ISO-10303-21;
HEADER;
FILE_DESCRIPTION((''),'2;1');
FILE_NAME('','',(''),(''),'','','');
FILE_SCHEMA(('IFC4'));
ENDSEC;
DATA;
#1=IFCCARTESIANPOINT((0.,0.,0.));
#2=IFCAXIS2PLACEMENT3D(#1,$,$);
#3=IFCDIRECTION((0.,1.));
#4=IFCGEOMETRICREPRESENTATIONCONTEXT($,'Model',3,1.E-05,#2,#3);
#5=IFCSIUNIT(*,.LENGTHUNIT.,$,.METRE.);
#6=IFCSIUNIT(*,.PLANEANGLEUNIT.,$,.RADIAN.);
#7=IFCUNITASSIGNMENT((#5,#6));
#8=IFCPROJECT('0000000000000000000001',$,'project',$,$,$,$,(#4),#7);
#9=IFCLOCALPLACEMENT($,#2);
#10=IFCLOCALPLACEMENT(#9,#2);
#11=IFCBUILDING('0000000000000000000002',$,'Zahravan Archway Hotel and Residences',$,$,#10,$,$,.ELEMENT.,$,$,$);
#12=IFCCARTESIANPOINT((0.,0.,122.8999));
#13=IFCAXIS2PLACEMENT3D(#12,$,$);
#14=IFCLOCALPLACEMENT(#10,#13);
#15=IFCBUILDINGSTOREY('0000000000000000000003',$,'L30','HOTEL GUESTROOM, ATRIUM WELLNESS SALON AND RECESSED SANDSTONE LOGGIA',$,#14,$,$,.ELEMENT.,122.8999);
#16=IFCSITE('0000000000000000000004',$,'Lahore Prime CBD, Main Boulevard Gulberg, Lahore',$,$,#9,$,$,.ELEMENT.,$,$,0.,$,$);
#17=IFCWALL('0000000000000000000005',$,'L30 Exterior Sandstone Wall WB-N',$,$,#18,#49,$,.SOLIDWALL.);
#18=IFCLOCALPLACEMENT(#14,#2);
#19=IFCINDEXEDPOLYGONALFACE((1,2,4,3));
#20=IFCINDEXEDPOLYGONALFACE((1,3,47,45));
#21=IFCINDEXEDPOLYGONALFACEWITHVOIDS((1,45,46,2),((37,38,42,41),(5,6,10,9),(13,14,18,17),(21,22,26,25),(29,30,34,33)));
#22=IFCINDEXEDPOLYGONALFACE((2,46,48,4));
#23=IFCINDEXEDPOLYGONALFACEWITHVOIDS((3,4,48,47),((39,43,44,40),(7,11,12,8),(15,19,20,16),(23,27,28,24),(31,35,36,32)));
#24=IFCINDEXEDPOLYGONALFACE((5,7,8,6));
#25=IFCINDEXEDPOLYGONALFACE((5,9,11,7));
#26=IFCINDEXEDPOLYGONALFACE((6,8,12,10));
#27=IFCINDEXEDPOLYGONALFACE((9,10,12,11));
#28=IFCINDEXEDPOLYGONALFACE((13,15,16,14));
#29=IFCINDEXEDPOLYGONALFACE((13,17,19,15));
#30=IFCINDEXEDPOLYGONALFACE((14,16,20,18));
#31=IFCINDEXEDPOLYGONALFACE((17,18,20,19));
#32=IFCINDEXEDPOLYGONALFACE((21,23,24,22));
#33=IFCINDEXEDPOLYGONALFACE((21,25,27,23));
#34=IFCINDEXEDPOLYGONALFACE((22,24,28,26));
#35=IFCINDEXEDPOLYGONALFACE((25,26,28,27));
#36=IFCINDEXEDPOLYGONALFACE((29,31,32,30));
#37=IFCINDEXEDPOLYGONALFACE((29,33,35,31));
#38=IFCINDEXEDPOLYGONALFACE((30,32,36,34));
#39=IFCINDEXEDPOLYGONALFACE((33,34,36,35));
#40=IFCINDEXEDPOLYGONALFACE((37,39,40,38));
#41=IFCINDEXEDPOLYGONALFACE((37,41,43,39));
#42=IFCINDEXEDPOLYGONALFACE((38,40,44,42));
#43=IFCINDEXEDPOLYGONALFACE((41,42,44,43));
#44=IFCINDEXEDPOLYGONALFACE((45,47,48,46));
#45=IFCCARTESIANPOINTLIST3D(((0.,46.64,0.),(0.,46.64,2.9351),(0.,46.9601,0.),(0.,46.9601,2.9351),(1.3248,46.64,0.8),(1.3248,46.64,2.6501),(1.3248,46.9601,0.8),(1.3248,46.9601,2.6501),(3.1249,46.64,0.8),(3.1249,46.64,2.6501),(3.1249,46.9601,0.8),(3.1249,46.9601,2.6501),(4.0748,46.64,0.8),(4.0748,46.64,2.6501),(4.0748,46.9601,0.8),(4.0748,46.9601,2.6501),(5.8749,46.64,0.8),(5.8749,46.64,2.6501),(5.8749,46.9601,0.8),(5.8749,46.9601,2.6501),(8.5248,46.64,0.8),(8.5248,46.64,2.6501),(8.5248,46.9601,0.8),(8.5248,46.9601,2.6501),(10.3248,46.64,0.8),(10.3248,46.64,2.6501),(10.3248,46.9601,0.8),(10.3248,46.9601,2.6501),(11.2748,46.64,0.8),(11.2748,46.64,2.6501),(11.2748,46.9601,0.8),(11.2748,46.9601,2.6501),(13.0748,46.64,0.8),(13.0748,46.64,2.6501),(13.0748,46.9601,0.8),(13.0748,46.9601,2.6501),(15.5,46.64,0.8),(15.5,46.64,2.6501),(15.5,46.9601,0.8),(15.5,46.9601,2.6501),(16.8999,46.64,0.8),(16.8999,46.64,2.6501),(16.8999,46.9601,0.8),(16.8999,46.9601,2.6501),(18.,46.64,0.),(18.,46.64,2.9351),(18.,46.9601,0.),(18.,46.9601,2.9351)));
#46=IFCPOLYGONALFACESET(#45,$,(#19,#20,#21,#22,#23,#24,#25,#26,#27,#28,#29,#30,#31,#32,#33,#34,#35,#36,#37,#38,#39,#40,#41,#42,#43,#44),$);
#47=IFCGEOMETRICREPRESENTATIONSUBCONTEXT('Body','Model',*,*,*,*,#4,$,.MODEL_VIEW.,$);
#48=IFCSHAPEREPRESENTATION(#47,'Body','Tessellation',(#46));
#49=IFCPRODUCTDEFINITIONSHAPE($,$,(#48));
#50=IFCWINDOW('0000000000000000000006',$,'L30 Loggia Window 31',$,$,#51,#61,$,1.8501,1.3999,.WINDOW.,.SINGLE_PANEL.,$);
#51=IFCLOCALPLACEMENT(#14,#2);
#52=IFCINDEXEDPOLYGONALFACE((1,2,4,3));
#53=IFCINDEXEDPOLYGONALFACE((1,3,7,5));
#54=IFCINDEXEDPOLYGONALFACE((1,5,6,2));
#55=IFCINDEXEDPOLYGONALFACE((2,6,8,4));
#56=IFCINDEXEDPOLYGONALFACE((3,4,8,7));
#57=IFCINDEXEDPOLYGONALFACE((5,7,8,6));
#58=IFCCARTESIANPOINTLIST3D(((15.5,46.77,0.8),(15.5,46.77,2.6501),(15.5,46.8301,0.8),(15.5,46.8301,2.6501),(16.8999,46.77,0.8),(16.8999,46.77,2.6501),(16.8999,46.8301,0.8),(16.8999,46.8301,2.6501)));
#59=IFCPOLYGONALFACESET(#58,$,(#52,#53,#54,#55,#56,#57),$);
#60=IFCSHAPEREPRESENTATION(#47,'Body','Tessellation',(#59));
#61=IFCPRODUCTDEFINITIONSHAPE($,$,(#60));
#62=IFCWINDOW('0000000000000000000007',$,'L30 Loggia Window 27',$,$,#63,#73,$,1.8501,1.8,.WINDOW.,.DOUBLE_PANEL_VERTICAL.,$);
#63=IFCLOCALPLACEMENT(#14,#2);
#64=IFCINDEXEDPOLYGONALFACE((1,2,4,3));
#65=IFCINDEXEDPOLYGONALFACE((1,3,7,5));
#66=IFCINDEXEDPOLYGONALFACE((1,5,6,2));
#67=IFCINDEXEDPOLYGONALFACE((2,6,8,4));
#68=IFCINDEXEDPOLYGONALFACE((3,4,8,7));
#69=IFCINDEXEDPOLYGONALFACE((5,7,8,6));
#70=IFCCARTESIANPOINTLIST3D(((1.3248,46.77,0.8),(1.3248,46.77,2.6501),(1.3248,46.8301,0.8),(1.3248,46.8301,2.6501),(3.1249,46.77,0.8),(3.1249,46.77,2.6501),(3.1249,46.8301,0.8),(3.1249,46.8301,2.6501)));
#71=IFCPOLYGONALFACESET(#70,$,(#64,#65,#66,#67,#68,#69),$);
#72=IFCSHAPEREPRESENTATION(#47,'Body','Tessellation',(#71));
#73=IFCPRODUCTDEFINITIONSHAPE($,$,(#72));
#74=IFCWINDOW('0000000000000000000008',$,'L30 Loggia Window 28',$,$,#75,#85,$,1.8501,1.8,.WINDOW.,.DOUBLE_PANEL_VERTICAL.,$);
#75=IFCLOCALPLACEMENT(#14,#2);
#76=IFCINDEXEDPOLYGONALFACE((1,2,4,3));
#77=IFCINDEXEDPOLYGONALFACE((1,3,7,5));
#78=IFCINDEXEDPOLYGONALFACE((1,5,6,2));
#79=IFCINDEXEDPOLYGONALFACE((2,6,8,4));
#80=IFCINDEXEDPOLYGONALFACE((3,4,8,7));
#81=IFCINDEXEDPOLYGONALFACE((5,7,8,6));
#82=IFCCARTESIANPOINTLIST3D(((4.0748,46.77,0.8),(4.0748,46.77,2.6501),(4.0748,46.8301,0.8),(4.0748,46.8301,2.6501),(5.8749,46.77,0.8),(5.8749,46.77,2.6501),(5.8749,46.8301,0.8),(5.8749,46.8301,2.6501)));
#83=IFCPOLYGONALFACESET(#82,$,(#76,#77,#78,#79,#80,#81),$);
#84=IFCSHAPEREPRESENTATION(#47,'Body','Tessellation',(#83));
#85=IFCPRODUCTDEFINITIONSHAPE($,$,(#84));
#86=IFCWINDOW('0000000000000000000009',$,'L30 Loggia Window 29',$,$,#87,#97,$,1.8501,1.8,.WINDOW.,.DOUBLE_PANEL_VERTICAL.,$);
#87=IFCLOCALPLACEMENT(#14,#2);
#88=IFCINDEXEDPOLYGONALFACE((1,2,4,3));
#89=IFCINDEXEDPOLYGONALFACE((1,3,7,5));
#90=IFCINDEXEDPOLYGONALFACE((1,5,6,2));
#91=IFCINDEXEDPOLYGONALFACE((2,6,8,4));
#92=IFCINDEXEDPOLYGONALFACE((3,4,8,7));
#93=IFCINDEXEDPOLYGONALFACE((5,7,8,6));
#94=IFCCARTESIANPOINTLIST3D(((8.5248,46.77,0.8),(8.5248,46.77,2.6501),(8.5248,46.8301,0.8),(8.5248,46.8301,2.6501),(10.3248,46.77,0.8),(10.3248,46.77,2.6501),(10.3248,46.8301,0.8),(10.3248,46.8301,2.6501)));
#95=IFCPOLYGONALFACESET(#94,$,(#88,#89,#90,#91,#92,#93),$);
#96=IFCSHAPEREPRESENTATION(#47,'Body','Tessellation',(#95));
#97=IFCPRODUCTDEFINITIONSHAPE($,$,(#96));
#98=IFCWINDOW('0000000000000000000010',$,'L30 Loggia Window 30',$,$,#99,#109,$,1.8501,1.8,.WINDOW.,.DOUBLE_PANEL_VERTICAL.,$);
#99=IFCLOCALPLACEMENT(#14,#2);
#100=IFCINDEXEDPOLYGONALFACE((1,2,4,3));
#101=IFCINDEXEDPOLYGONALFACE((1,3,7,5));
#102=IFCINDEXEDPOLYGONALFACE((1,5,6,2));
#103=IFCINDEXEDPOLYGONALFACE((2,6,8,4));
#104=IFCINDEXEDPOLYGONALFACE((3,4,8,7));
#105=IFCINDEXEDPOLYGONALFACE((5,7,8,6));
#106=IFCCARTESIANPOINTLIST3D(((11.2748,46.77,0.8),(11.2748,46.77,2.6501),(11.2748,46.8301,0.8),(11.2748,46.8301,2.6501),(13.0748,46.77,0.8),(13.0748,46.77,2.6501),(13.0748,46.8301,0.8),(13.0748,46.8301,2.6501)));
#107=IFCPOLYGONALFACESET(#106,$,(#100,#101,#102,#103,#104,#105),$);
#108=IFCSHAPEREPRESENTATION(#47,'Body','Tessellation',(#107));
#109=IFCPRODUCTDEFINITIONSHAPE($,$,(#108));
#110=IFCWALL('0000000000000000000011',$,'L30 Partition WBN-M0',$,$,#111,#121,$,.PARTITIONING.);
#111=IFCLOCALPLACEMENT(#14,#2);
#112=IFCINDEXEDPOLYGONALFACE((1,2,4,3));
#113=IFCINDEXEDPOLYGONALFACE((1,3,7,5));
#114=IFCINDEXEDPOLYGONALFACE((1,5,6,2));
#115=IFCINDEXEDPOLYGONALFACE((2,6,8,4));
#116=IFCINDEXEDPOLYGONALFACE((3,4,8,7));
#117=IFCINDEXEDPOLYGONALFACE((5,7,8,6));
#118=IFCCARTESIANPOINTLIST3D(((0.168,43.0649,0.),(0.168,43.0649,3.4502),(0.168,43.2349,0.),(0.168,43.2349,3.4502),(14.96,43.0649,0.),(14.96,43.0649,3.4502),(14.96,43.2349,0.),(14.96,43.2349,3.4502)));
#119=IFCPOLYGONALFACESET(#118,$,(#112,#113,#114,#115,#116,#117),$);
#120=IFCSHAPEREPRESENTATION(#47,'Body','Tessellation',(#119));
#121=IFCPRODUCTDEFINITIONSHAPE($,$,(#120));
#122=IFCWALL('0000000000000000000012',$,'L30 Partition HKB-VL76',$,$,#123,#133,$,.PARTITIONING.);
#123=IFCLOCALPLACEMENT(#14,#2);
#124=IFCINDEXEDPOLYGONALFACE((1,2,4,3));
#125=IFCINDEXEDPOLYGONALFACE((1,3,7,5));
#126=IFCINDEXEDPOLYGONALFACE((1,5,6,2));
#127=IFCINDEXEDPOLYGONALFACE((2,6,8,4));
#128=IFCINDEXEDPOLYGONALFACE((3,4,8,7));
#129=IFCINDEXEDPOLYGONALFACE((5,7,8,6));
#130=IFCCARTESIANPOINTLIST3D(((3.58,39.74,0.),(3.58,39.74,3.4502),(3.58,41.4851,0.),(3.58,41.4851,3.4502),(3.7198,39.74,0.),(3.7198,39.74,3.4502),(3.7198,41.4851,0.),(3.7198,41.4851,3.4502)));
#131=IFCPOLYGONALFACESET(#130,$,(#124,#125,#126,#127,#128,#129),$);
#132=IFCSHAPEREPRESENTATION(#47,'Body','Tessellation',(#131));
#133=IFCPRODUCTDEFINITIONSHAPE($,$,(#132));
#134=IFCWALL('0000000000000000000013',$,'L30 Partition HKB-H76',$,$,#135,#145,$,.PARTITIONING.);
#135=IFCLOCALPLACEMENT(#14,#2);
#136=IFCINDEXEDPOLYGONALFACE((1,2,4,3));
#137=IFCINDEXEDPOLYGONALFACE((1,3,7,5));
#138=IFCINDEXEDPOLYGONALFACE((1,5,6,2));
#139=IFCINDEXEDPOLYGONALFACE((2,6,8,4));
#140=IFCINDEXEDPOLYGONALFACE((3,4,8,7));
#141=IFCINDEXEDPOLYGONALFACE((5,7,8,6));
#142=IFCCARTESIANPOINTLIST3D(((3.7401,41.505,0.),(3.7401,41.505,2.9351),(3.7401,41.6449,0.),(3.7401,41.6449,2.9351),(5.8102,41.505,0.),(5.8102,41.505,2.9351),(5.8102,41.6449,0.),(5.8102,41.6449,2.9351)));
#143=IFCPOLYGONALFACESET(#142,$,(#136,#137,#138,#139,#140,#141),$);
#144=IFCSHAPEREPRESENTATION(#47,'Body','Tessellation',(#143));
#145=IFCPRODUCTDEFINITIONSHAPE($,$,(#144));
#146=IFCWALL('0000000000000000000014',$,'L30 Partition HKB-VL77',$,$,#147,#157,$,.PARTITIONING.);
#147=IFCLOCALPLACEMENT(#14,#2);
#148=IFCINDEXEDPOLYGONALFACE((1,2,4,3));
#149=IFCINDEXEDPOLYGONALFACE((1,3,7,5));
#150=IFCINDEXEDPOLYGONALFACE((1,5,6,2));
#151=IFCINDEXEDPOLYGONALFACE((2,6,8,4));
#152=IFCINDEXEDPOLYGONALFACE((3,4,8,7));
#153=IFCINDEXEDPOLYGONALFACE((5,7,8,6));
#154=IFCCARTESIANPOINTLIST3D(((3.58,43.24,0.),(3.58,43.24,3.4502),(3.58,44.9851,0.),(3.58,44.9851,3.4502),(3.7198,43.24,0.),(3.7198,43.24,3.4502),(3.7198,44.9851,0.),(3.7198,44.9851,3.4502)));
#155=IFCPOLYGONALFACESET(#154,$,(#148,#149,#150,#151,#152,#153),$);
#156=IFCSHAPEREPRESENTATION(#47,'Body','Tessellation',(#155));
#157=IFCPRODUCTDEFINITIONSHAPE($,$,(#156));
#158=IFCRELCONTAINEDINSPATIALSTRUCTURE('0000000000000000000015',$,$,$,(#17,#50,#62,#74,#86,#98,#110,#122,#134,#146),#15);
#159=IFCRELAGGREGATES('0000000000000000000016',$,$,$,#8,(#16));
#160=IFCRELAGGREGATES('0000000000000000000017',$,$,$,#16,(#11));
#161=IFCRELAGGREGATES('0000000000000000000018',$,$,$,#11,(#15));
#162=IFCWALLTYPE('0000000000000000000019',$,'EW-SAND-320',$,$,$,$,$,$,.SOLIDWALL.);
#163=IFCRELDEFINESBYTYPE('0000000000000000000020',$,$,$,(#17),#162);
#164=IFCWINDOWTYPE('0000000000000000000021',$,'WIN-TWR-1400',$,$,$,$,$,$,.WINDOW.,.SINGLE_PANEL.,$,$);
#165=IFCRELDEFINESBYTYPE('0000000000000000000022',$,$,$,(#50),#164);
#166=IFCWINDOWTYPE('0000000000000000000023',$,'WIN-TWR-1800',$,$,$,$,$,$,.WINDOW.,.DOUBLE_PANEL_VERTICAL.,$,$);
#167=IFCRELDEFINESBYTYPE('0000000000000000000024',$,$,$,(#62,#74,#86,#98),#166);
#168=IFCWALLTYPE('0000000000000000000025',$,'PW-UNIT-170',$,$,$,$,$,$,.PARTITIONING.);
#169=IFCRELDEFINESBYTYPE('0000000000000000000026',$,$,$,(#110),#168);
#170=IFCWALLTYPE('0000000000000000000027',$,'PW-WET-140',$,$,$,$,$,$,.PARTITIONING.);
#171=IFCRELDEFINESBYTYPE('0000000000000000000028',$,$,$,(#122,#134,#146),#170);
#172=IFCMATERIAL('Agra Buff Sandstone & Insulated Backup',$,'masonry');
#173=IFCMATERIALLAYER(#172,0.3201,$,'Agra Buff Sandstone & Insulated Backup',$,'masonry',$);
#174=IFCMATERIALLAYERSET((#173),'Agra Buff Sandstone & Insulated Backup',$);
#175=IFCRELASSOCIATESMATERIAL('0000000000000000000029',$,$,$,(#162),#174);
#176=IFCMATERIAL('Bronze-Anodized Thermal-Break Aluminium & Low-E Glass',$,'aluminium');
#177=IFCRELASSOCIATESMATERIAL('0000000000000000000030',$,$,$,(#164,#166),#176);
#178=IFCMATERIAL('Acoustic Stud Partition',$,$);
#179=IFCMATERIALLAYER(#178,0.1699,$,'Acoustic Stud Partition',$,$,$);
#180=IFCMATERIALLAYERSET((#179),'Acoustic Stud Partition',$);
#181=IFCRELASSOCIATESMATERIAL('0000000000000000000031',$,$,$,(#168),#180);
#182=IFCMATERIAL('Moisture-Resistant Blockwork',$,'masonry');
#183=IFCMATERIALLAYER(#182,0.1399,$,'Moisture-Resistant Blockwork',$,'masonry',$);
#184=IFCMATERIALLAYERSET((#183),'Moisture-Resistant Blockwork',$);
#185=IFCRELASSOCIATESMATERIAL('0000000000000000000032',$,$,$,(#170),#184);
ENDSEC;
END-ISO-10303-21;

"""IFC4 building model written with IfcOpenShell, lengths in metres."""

from ifc_helpers import new_model, si_unit, direction, frame, frame_2d, origin, place, context, subcontext, project, spatial, rectangle, extrude, source, transform, mapped, material, layer, layer_set, type_object, type_shapes, element, fill, save


model = new_model("IFC4")

# Units and contexts
model_context = context("Model", 3, precision=1e-05, world=origin(), true_north=direction((0.0, 1.0)))
body_context = subcontext(model_context, "Body", "Model", "MODEL_VIEW")
ifc_project = project(units=[si_unit("LENGTHUNIT", "METRE"), si_unit("PLANEANGLEUNIT", "RADIAN")], contexts=[model_context])

# Site, building, storey
site_placement = place(None, origin())
site = spatial("IfcSite", under=ifc_project, at=site_placement, Name="Lahore Prime CBD, Main Boulevard Gulberg, Lahore", CompositionType="ELEMENT", RefElevation=0.0)
building_placement = place(site_placement, origin())
building = spatial("IfcBuilding", under=site, at=building_placement, Name="Zahravan Archway Hotel and Residences", CompositionType="ELEMENT")
storey_placement = place(building_placement, frame((0.0, 0.0, 122.8999)))
storey = spatial("IfcBuildingStorey", under=building, at=storey_placement, Name="L30", Description="HOTEL GUESTROOM, ATRIUM WELLNESS SALON AND RECESSED SANDSTONE LOGGIA", CompositionType="ELEMENT", Elevation=122.8999)

# Wall, openings, windows
ifc_material_1 = material(Name="Agra Buff Sandstone & Insulated Backup", Category="masonry")
ifc_layer_1 = layer(ifc_material_1, 0.3201, Name="Agra Buff Sandstone & Insulated Backup", Category="masonry")
ifc_layer_set_1 = layer_set([ifc_layer_1], Name="Agra Buff Sandstone & Insulated Backup")
wall_type_1 = type_object("IfcWallType", Name="EW-SAND-320", PredefinedType="SOLIDWALL", material=ifc_layer_set_1)
wall_1_placement = place(storey_placement, frame((0.0, 46.8, 0.0), z_axis=(0.0, 0.0, 1.0), x_axis=(1.0, 0.0, 0.0)))
wall_1 = element("IfcWall", 1, at=wall_1_placement, inside=storey, type_object=wall_type_1, Name="L30 Exterior Sandstone Wall WB-N", PredefinedType="SOLIDWALL", context=body_context, shape_type="SweptSolid", body=[
    extrude(rectangle(XDim=18.0, YDim=0.3201, at=frame_2d((9.0, 0.0))), origin(), (0.0, 0.0, 1.0), 2.9351),
])
opening_1_placement = place(wall_1_placement, frame((1.325, 0.0, 0.8)))
opening_1 = element("IfcOpeningElement", 2, at=opening_1_placement, cuts=wall_1, PredefinedType="OPENING", context=body_context, shape_type="SweptSolid", body=[
    extrude(rectangle(XDim=1.8, YDim=1.8501, at=frame_2d((0.8999, 0.925))), frame((0.0, 0.1699, 0.0), z_axis=(0.0, -1.0, 0.0), x_axis=(1.0, 0.0, 0.0)), (0.0, 0.0, 1.0), 0.3401),
])
opening_2_placement = place(wall_1_placement, frame((4.075, 0.0, 0.8)))
opening_2 = element("IfcOpeningElement", 3, at=opening_2_placement, cuts=wall_1, PredefinedType="OPENING", context=body_context, shape_type="SweptSolid", body=[
    extrude(rectangle(XDim=1.8, YDim=1.8501, at=frame_2d((0.8999, 0.925))), frame((0.0, 0.1699, 0.0), z_axis=(0.0, -1.0, 0.0), x_axis=(1.0, 0.0, 0.0)), (0.0, 0.0, 1.0), 0.3401),
])
opening_3_placement = place(wall_1_placement, frame((8.5249, 0.0, 0.8)))
opening_3 = element("IfcOpeningElement", 4, at=opening_3_placement, cuts=wall_1, PredefinedType="OPENING", context=body_context, shape_type="SweptSolid", body=[
    extrude(rectangle(XDim=1.8, YDim=1.8501, at=frame_2d((0.8999, 0.925))), frame((0.0, 0.1699, 0.0), z_axis=(0.0, -1.0, 0.0), x_axis=(1.0, 0.0, 0.0)), (0.0, 0.0, 1.0), 0.3401),
])
opening_4_placement = place(wall_1_placement, frame((11.2749, 0.0, 0.8)))
opening_4 = element("IfcOpeningElement", 5, at=opening_4_placement, cuts=wall_1, PredefinedType="OPENING", context=body_context, shape_type="SweptSolid", body=[
    extrude(rectangle(XDim=1.8, YDim=1.8501, at=frame_2d((0.8999, 0.925))), frame((0.0, 0.1699, 0.0), z_axis=(0.0, -1.0, 0.0), x_axis=(1.0, 0.0, 0.0)), (0.0, 0.0, 1.0), 0.3401),
])
opening_5_placement = place(wall_1_placement, frame((15.5, 0.0, 0.8)))
opening_5 = element("IfcOpeningElement", 6, at=opening_5_placement, cuts=wall_1, PredefinedType="OPENING", context=body_context, shape_type="SweptSolid", body=[
    extrude(rectangle(XDim=1.3999, YDim=1.8501, at=frame_2d((0.7, 0.925))), frame((0.0, 0.1699, 0.0), z_axis=(0.0, -1.0, 0.0), x_axis=(1.0, 0.0, 0.0)), (0.0, 0.0, 1.0), 0.3401),
])
ifc_material_2 = material(Name="Bronze-Anodized Thermal-Break Aluminium & Low-E Glass", Category="aluminium")
window_type_1 = type_object("IfcWindowType", Name="WIN-TWR-1400", PartitioningType="SINGLE_PANEL", PredefinedType="WINDOW", material=ifc_material_2)
shared_shape_1 = source(origin(), body_context, "Body", "SweptSolid", [
    extrude(rectangle(XDim=1.3999, YDim=1.8501, at=frame_2d((0.7, 0.925))), frame((0.0, 0.03, 0.0), z_axis=(0.0, -1.0, 0.0), x_axis=(1.0, 0.0, 0.0)), (0.0, 0.0, 1.0), 0.0601),
])
type_shapes(window_type_1, [shared_shape_1])
window_1_placement = place(opening_5_placement, origin())
window_1 = element("IfcWindow", 7, at=window_1_placement, inside=storey, type_object=window_type_1, Name="L30 Loggia Window 31", OverallHeight=1.8501, OverallWidth=1.3999, PartitioningType="SINGLE_PANEL", PredefinedType="WINDOW", context=body_context, shape_type="MappedRepresentation", body=[
    mapped(shared_shape_1, transform((0.0, 0.0, 0.0), scale=1.0)),
])
fill(opening_5, window_1)
window_type_2 = type_object("IfcWindowType", Name="WIN-TWR-1800", PartitioningType="DOUBLE_PANEL_VERTICAL", PredefinedType="WINDOW", material=ifc_material_2)
shared_shape_2 = source(origin(), body_context, "Body", "SweptSolid", [
    extrude(rectangle(XDim=1.8, YDim=1.8501, at=frame_2d((0.8999, 0.925))), frame((0.0, 0.03, 0.0), z_axis=(0.0, -1.0, 0.0), x_axis=(1.0, 0.0, 0.0)), (0.0, 0.0, 1.0), 0.0601),
])
type_shapes(window_type_2, [shared_shape_2])
window_2_placement = place(opening_1_placement, origin())
window_2 = element("IfcWindow", 8, at=window_2_placement, inside=storey, type_object=window_type_2, Name="L30 Loggia Window 27", OverallHeight=1.8501, OverallWidth=1.8, PartitioningType="DOUBLE_PANEL_VERTICAL", PredefinedType="WINDOW", context=body_context, shape_type="MappedRepresentation", body=[
    mapped(shared_shape_2, transform((0.0, 0.0, 0.0), scale=1.0)),
])
fill(opening_1, window_2)
window_3_placement = place(opening_2_placement, origin())
window_3 = element("IfcWindow", 9, at=window_3_placement, inside=storey, type_object=window_type_2, Name="L30 Loggia Window 28", OverallHeight=1.8501, OverallWidth=1.8, PartitioningType="DOUBLE_PANEL_VERTICAL", PredefinedType="WINDOW", context=body_context, shape_type="MappedRepresentation", body=[
    mapped(shared_shape_2, transform((0.0, 0.0, 0.0), scale=1.0)),
])
fill(opening_2, window_3)
window_4_placement = place(opening_3_placement, origin())
window_4 = element("IfcWindow", 10, at=window_4_placement, inside=storey, type_object=window_type_2, Name="L30 Loggia Window 29", OverallHeight=1.8501, OverallWidth=1.8, PartitioningType="DOUBLE_PANEL_VERTICAL", PredefinedType="WINDOW", context=body_context, shape_type="MappedRepresentation", body=[
    mapped(shared_shape_2, transform((0.0, 0.0, 0.0), scale=1.0)),
])
fill(opening_3, window_4)
window_5_placement = place(opening_4_placement, origin())
window_5 = element("IfcWindow", 11, at=window_5_placement, inside=storey, type_object=window_type_2, Name="L30 Loggia Window 30", OverallHeight=1.8501, OverallWidth=1.8, PartitioningType="DOUBLE_PANEL_VERTICAL", PredefinedType="WINDOW", context=body_context, shape_type="MappedRepresentation", body=[
    mapped(shared_shape_2, transform((0.0, 0.0, 0.0), scale=1.0)),
])
fill(opening_4, window_5)

# Shared definitions
ifc_material_3 = material(Name="Acoustic Stud Partition")
ifc_layer_2 = layer(ifc_material_3, 0.1699, Name="Acoustic Stud Partition")
ifc_layer_set_2 = layer_set([ifc_layer_2], Name="Acoustic Stud Partition")
wall_type_2 = type_object("IfcWallType", Name="PW-UNIT-170", PredefinedType="PARTITIONING", material=ifc_layer_set_2)

# Walls
wall_2_placement = place(storey_placement, frame((0.168, 43.1499, 0.0), z_axis=(0.0, 0.0, 1.0), x_axis=(1.0, 0.0, 0.0)))
element("IfcWall", 12, at=wall_2_placement, inside=storey, type_object=wall_type_2, Name="L30 Partition WBN-M0", PredefinedType="PARTITIONING", context=body_context, shape_type="SweptSolid", body=[
    extrude(rectangle(XDim=14.792, YDim=0.1699, at=frame_2d((7.396, 0.0))), origin(), (0.0, 0.0, 1.0), 3.4502),
])
ifc_material_4 = material(Name="Moisture-Resistant Blockwork", Category="masonry")
ifc_layer_3 = layer(ifc_material_4, 0.1399, Name="Moisture-Resistant Blockwork", Category="masonry")
ifc_layer_set_3 = layer_set([ifc_layer_3], Name="Moisture-Resistant Blockwork")
wall_type_3 = type_object("IfcWallType", Name="PW-WET-140", PredefinedType="PARTITIONING", material=ifc_layer_set_3)
wall_3_placement = place(storey_placement, frame((3.6499, 39.74, 0.0), z_axis=(0.0, 0.0, 1.0), x_axis=(0.0, 1.0, 0.0)))
element("IfcWall", 13, at=wall_3_placement, inside=storey, type_object=wall_type_3, Name="L30 Partition HKB-VL76", PredefinedType="PARTITIONING", context=body_context, shape_type="SweptSolid", body=[
    extrude(rectangle(XDim=1.7451, YDim=0.1399, at=frame_2d((0.8726, 0.0))), origin(), (0.0, 0.0, 1.0), 3.4502),
])
wall_4_placement = place(storey_placement, frame((3.74, 41.575, 0.0), z_axis=(0.0, 0.0, 1.0), x_axis=(1.0, 0.0, 0.0)))
element("IfcWall", 14, at=wall_4_placement, inside=storey, type_object=wall_type_3, Name="L30 Partition HKB-H76", PredefinedType="PARTITIONING", context=body_context, shape_type="SweptSolid", body=[
    extrude(rectangle(XDim=2.0701, YDim=0.1399, at=frame_2d((1.0352, 0.0))), origin(), (0.0, 0.0, 1.0), 2.9351),
])
wall_5_placement = place(storey_placement, frame((3.6499, 43.24, 0.0), z_axis=(0.0, 0.0, 1.0), x_axis=(0.0, 1.0, 0.0)))
element("IfcWall", 15, at=wall_5_placement, inside=storey, type_object=wall_type_3, Name="L30 Partition HKB-VL77", PredefinedType="PARTITIONING", context=body_context, shape_type="SweptSolid", body=[
    extrude(rectangle(XDim=1.7451, YDim=0.1399, at=frame_2d((0.8726, 0.0))), origin(), (0.0, 0.0, 1.0), 3.4502),
])

save(model, "model.ifc")
